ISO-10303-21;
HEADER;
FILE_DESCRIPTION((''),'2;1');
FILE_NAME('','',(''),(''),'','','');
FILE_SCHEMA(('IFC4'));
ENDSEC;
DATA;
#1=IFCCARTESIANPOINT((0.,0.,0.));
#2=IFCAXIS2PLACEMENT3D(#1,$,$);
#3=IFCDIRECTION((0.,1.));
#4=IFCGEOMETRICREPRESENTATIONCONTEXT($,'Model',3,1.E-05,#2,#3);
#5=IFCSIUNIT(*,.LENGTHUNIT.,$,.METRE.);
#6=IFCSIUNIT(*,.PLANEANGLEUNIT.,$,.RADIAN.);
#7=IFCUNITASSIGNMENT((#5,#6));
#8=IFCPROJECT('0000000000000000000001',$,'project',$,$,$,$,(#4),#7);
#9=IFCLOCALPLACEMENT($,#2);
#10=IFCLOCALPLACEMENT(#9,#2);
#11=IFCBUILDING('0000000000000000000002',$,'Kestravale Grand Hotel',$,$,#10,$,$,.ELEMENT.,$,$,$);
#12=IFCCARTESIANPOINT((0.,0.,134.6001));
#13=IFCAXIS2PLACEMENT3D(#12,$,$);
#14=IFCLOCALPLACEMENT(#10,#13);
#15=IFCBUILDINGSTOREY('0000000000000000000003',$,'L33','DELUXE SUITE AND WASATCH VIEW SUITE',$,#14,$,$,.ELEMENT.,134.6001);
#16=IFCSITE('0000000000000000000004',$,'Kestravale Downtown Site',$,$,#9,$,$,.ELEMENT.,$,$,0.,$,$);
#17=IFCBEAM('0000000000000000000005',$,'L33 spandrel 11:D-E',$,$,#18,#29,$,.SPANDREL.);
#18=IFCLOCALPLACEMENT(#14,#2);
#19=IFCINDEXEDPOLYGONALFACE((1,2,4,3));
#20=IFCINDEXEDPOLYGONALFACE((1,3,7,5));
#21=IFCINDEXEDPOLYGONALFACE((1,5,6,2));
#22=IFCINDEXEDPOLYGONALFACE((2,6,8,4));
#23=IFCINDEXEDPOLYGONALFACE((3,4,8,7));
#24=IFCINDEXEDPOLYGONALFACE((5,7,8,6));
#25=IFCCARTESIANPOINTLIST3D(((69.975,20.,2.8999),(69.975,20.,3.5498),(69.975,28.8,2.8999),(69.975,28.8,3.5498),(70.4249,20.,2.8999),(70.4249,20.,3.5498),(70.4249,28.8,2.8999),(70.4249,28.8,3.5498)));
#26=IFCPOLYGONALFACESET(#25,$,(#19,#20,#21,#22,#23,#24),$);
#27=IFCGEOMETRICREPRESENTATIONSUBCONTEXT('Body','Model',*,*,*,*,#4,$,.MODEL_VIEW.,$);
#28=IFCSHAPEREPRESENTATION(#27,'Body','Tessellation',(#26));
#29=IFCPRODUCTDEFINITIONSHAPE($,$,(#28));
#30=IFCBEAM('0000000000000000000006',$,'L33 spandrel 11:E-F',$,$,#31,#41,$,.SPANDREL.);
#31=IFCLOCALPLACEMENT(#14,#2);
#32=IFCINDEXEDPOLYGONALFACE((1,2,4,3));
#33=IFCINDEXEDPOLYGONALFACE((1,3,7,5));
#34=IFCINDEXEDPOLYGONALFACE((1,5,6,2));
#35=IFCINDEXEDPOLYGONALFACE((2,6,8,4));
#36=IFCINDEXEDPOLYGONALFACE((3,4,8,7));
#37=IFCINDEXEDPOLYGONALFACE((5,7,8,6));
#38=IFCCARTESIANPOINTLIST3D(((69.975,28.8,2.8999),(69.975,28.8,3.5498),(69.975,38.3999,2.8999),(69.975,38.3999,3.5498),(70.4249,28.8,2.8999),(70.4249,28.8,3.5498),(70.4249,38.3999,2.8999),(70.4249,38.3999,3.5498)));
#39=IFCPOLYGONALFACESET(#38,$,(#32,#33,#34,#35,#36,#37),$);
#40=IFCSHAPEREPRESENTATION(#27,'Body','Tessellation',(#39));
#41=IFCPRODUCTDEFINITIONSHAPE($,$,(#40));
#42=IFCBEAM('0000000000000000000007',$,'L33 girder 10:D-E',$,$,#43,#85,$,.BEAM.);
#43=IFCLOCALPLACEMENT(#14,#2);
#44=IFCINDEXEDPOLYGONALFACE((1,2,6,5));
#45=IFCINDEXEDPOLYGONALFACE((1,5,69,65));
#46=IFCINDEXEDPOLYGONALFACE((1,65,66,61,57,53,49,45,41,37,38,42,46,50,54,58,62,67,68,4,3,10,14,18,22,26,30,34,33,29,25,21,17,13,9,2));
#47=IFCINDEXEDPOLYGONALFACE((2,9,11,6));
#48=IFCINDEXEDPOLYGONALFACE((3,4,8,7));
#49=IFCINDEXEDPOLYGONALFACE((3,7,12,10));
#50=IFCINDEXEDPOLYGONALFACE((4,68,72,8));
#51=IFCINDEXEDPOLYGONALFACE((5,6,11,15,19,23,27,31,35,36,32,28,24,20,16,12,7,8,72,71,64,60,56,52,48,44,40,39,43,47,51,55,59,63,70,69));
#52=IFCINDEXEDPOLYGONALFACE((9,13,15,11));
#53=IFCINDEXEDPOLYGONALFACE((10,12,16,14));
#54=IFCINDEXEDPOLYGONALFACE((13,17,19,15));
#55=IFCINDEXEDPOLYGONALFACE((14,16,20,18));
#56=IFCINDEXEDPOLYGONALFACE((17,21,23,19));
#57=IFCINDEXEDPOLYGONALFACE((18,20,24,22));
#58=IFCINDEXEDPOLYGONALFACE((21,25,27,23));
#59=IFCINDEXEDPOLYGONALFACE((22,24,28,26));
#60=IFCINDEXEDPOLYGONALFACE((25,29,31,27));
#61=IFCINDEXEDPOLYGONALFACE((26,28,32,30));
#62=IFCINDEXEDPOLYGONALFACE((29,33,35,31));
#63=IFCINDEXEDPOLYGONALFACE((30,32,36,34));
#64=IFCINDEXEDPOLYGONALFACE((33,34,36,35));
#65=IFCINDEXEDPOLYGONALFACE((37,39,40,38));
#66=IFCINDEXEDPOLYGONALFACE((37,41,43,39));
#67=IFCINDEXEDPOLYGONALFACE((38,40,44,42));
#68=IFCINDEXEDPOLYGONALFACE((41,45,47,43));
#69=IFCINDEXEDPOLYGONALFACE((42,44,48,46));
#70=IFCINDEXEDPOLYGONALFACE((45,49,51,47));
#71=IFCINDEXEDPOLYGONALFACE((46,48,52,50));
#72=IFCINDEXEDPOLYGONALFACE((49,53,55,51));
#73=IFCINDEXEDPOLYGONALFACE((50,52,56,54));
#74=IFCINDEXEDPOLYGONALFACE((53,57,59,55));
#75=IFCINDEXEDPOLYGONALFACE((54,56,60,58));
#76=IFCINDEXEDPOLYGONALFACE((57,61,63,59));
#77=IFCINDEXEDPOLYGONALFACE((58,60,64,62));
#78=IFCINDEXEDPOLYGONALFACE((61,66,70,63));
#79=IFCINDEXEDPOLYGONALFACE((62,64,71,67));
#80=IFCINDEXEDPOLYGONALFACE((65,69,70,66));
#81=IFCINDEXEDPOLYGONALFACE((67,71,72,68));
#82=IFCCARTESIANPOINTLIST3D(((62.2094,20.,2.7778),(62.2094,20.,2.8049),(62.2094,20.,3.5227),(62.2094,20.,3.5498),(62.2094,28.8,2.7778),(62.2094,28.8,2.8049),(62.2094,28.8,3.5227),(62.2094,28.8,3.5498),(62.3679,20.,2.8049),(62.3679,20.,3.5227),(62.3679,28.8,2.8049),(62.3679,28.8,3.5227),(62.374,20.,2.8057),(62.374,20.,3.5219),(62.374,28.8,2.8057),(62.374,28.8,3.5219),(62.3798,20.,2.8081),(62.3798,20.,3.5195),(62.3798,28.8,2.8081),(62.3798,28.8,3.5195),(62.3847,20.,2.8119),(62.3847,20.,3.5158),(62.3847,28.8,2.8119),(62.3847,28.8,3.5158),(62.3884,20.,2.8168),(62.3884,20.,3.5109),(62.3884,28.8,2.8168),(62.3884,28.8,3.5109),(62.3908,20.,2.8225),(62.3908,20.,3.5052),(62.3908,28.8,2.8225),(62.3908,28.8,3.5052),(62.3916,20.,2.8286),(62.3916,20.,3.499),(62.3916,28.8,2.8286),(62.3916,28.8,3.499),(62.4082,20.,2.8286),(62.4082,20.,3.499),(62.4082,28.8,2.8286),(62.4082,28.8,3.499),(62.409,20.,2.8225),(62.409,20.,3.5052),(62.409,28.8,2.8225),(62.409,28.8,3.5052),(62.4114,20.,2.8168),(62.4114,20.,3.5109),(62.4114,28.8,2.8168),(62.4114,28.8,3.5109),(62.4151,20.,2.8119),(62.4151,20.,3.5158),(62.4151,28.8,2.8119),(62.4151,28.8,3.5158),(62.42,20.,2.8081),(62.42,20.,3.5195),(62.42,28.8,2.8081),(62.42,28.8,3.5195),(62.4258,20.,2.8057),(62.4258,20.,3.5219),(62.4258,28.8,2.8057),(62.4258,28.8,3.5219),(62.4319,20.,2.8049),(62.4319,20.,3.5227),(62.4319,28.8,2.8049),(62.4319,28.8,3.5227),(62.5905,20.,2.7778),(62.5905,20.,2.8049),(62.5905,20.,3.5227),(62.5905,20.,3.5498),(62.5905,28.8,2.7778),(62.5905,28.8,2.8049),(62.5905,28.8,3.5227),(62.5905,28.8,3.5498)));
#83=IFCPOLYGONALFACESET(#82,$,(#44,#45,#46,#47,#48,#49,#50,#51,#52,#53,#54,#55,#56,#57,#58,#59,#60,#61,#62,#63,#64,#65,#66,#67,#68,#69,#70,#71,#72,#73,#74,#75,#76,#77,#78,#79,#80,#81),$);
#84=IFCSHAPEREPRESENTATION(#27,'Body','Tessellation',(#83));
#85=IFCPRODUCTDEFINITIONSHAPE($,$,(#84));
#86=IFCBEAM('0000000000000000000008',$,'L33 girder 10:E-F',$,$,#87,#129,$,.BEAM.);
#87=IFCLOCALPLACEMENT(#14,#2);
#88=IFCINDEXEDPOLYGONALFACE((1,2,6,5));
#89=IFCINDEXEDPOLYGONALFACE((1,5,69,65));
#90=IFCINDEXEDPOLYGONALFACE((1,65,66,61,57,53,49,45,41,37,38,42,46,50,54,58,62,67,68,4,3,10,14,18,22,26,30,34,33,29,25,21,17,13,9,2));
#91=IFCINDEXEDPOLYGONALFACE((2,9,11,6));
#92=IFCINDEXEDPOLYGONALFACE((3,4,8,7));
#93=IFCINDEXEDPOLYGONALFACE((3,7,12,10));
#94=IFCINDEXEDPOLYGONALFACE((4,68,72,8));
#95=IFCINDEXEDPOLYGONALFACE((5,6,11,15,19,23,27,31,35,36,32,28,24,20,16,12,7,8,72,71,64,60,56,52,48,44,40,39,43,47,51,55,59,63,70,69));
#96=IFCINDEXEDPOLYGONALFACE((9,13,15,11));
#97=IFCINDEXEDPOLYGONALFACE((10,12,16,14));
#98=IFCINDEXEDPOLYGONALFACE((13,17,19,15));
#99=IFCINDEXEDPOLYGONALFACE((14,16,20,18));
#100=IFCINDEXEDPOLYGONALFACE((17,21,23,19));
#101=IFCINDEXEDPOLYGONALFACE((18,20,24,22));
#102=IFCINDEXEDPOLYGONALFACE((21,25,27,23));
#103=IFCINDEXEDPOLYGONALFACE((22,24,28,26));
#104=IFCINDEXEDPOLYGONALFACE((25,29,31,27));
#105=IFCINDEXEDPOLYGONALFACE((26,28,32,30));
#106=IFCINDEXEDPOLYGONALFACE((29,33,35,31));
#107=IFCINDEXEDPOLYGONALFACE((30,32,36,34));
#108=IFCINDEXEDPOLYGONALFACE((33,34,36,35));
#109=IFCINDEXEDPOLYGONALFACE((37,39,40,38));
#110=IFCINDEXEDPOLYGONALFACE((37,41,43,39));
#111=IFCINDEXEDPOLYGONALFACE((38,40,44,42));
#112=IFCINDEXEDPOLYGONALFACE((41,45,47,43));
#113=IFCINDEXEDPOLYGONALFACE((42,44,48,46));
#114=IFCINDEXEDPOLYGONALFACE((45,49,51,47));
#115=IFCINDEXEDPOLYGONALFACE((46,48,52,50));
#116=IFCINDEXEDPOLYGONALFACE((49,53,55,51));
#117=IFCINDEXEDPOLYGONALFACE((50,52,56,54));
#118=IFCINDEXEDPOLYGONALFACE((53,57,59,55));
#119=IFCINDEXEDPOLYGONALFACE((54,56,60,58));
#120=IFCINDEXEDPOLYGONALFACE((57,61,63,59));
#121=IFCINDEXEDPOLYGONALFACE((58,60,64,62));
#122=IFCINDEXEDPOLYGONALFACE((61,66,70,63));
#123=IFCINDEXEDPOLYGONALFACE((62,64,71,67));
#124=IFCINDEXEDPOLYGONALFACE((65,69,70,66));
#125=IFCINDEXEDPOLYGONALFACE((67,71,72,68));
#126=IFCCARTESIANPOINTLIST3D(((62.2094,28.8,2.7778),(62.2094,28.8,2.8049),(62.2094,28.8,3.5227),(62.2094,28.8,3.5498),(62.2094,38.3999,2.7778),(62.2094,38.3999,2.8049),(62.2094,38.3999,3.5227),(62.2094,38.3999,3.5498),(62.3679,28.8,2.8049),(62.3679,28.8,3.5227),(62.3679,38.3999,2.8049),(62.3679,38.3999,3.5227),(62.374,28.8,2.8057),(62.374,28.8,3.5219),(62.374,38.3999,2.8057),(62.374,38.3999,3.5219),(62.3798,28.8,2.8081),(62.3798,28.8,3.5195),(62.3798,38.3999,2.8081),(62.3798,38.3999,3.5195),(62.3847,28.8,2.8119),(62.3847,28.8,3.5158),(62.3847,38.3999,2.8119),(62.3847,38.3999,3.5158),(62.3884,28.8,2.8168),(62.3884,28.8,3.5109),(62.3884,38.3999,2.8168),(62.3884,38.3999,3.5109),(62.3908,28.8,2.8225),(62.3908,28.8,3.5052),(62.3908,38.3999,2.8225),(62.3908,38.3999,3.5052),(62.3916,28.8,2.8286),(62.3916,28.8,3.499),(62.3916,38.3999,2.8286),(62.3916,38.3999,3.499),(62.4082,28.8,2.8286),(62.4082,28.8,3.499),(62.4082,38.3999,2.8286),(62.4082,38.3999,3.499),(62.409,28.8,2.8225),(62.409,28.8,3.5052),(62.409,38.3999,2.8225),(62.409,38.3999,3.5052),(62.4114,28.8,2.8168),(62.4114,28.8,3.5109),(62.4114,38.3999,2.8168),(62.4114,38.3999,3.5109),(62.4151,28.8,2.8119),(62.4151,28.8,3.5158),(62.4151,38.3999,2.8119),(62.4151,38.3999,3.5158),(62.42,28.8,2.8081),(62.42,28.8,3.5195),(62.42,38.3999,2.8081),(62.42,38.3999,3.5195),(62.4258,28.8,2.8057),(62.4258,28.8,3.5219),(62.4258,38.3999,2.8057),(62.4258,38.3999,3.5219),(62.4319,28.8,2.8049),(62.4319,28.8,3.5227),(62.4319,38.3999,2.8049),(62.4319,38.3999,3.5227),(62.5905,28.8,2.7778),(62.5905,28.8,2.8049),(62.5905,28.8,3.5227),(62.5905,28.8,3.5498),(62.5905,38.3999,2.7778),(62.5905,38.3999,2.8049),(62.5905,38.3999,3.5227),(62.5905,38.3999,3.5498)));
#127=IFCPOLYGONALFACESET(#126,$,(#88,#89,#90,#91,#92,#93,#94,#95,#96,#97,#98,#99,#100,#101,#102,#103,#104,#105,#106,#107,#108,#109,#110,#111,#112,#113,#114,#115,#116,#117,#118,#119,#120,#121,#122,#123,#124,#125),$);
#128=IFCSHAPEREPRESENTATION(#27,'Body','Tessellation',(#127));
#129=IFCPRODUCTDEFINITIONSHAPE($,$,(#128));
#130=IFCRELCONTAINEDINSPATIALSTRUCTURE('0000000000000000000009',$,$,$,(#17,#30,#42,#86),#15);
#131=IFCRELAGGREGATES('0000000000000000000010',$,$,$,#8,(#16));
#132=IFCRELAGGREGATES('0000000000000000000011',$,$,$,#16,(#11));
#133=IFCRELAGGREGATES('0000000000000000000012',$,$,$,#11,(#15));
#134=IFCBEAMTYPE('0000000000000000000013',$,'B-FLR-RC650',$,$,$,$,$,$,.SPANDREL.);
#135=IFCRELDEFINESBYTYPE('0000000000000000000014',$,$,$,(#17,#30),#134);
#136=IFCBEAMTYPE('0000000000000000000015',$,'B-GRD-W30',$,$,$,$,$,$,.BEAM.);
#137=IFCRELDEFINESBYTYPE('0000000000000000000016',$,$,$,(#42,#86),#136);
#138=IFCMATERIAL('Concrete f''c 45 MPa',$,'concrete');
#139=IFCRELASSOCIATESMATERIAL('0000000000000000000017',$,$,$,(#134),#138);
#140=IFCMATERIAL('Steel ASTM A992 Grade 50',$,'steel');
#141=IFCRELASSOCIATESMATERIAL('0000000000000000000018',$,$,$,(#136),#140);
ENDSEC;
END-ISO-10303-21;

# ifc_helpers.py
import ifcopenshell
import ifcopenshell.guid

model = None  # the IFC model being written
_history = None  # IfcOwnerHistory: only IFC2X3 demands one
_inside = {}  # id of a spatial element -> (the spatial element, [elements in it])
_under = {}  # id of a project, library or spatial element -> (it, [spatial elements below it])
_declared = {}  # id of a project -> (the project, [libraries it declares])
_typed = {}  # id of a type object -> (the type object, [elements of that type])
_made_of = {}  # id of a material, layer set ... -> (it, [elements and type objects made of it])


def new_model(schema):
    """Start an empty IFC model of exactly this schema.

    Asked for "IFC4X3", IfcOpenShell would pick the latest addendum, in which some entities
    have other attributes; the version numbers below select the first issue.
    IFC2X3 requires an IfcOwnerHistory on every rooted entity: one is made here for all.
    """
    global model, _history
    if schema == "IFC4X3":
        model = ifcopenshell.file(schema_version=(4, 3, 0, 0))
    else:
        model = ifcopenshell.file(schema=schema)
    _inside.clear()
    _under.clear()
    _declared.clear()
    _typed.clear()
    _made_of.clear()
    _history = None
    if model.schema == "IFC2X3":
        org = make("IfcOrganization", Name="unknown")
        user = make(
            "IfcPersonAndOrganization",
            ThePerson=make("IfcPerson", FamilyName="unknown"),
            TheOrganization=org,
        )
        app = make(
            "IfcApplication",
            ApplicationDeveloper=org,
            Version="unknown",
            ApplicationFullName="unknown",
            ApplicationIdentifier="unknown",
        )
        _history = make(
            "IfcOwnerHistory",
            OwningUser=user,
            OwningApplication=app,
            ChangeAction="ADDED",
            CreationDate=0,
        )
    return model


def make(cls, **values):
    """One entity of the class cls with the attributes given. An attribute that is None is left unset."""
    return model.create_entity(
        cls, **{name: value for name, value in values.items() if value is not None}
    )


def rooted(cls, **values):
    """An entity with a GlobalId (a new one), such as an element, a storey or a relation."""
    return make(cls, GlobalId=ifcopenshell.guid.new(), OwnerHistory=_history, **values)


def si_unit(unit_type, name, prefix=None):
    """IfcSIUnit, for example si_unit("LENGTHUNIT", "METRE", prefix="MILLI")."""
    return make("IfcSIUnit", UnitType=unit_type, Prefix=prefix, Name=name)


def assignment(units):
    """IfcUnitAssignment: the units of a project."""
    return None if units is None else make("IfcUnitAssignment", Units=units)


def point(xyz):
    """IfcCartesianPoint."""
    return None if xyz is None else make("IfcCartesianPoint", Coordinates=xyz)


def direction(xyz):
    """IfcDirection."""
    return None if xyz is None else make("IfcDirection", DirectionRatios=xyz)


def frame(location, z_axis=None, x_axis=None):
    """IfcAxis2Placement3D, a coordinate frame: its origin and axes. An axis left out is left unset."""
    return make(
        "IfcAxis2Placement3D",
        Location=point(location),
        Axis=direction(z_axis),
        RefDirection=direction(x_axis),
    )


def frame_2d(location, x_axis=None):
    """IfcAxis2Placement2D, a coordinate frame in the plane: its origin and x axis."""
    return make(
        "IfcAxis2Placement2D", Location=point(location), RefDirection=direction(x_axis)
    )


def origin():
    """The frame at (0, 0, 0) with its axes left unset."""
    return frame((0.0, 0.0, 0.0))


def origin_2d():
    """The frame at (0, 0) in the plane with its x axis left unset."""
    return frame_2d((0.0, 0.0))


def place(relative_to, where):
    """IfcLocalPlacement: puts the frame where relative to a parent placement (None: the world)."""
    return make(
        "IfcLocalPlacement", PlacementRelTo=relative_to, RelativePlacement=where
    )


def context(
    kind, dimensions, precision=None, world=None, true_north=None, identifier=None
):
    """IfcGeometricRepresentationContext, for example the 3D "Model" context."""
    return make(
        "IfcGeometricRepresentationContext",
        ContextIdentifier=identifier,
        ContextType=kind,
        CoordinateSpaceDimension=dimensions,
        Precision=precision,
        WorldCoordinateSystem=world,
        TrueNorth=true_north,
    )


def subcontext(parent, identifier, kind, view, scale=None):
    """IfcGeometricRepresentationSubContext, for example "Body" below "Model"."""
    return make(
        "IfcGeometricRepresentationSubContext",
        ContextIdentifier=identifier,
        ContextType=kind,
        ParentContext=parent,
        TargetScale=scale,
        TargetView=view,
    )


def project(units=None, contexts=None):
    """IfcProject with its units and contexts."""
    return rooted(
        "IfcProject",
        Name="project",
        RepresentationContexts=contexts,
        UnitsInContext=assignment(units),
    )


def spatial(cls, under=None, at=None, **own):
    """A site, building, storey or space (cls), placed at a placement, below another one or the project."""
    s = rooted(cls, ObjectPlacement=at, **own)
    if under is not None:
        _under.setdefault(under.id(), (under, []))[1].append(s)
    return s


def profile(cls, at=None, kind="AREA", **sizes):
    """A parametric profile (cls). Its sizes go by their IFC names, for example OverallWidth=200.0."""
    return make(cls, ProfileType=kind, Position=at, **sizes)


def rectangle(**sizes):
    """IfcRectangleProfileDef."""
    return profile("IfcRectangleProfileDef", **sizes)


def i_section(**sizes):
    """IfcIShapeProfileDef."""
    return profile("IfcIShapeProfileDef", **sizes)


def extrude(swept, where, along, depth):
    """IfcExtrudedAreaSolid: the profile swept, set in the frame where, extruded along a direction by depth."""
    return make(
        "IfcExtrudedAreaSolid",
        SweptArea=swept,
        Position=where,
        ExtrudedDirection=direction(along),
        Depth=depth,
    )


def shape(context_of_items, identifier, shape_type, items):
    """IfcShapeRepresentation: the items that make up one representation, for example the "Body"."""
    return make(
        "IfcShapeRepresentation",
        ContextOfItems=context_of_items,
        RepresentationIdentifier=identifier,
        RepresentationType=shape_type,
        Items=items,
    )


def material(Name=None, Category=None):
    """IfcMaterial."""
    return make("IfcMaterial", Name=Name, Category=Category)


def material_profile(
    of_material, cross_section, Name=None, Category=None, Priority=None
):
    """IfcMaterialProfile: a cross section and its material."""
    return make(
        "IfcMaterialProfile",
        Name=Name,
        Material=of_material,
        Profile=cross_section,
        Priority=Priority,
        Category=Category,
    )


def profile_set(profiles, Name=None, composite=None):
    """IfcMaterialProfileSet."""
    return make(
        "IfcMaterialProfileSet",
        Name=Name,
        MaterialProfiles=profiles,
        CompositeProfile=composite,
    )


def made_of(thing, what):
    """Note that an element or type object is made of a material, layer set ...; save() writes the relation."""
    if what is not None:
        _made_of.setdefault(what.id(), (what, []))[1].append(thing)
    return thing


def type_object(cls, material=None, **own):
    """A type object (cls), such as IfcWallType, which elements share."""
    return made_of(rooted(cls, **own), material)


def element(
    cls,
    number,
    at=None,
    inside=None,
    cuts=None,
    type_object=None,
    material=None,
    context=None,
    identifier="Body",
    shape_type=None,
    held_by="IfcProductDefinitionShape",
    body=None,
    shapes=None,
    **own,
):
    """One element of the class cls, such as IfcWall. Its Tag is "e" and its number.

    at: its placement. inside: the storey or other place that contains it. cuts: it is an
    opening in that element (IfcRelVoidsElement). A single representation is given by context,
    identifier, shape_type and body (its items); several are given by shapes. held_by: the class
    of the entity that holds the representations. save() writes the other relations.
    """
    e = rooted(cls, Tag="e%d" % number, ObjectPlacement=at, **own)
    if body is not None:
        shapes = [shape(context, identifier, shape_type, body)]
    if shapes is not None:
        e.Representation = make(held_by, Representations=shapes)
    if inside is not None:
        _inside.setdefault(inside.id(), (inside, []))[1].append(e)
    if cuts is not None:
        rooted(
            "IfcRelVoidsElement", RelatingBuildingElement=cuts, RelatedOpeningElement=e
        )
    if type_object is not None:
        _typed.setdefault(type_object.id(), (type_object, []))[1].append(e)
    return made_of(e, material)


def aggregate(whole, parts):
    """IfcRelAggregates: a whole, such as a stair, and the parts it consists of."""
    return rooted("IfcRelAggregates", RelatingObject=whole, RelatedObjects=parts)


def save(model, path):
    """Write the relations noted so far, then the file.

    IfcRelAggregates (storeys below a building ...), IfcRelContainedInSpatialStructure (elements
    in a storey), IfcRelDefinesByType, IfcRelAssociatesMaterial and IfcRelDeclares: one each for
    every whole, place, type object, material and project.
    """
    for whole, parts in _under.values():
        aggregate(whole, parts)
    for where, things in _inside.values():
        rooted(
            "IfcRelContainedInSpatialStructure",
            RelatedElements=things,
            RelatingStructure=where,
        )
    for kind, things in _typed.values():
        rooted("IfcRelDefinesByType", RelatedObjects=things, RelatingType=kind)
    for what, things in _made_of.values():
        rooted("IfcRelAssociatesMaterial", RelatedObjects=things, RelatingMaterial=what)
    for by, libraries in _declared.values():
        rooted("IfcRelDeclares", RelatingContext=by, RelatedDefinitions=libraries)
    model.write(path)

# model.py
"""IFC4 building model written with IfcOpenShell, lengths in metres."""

from ifc_helpers import new_model, si_unit, direction, frame, origin, origin_2d, place, context, subcontext, project, spatial, rectangle, i_section, extrude, material, material_profile, profile_set, type_object, element, save


model = new_model("IFC4")

# Units and contexts
model_context = context("Model", 3, precision=1e-05, world=origin(), true_north=direction((0.0, 1.0)))
body_context = subcontext(model_context, "Body", "Model", "MODEL_VIEW")
ifc_project = project(units=[si_unit("LENGTHUNIT", "METRE"), si_unit("PLANEANGLEUNIT", "RADIAN")], contexts=[model_context])

# Site, building, storey
site_placement = place(None, origin())
site = spatial("IfcSite", under=ifc_project, at=site_placement, Name="Kestravale Downtown Site", CompositionType="ELEMENT", RefElevation=0.0)
building_placement = place(site_placement, origin())
building = spatial("IfcBuilding", under=site, at=building_placement, Name="Kestravale Grand Hotel", CompositionType="ELEMENT")
storey_placement = place(building_placement, frame((0.0, 0.0, 134.6001)))
storey = spatial("IfcBuildingStorey", under=building, at=storey_placement, Name="L33", Description="DELUXE SUITE AND WASATCH VIEW SUITE", CompositionType="ELEMENT", Elevation=134.6001)

# Beams
ifc_material_1 = material(Name="Concrete f'c 45 MPa", Category="concrete")
ifc_material_profile_1 = material_profile(ifc_material_1, rectangle(XDim=0.45, YDim=0.6499, at=origin_2d()))
ifc_profile_set_1 = profile_set([ifc_material_profile_1], Name="Concrete f'c 45 MPa")
beam_type_1 = type_object("IfcBeamType", Name="B-FLR-RC650", PredefinedType="SPANDREL", material=ifc_profile_set_1)
for number, where, z_axis, x_axis, name in (
    (1, (70.2, 20.0, 3.2249), (0.0, 1.0, 0.0), (-1.0, 0.0, 0.0), "L33 spandrel 11:D-E"),
):
    element("IfcBeam", number, at=place(storey_placement, frame(where, z_axis=z_axis, x_axis=x_axis)), inside=storey, type_object=beam_type_1, Name=name, PredefinedType="SPANDREL", context=body_context, shape_type="SweptSolid", body=[
        extrude(rectangle(XDim=0.45, YDim=0.6499, at=origin_2d()), origin(), (0.0, 0.0, 1.0), 8.8),
    ])
beam_1_placement = place(storey_placement, frame((70.2, 28.8, 3.2249), z_axis=(0.0, 1.0, 0.0), x_axis=(-1.0, 0.0, 0.0)))
element("IfcBeam", 2, at=beam_1_placement, inside=storey, type_object=beam_type_1, Name="L33 spandrel 11:E-F", PredefinedType="SPANDREL", context=body_context, shape_type="SweptSolid", body=[
    extrude(rectangle(XDim=0.45, YDim=0.6499, at=origin_2d()), origin(), (0.0, 0.0, 1.0), 9.5999),
])
ifc_material_2 = material(Name="Steel ASTM A992 Grade 50", Category="steel")
ifc_material_profile_2 = material_profile(ifc_material_2, i_section(OverallWidth=0.3811, OverallDepth=0.772, WebThickness=0.0166, FlangeThickness=0.0271, FilletRadius=0.0237, at=origin_2d()))
ifc_profile_set_2 = profile_set([ifc_material_profile_2], Name="Steel ASTM A992 Grade 50")
beam_type_2 = type_object("IfcBeamType", Name="B-GRD-W30", PredefinedType="BEAM", material=ifc_profile_set_2)
beam_2_placement = place(storey_placement, frame((62.3999, 20.0, 3.1638), z_axis=(0.0, 1.0, 0.0), x_axis=(-1.0, 0.0, 0.0)))
element("IfcBeam", 3, at=beam_2_placement, inside=storey, type_object=beam_type_2, Name="L33 girder 10:D-E", PredefinedType="BEAM", context=body_context, shape_type="SweptSolid", body=[
    extrude(i_section(OverallWidth=0.3811, OverallDepth=0.772, WebThickness=0.0166, FlangeThickness=0.0271, FilletRadius=0.0237, at=origin_2d()), origin(), (0.0, 0.0, 1.0), 8.8),
])
beam_3_placement = place(storey_placement, frame((62.3999, 28.8, 3.1638), z_axis=(0.0, 1.0, 0.0), x_axis=(-1.0, 0.0, 0.0)))
element("IfcBeam", 4, at=beam_3_placement, inside=storey, type_object=beam_type_2, Name="L33 girder 10:E-F", PredefinedType="BEAM", context=body_context, shape_type="SweptSolid", body=[
    extrude(i_section(OverallWidth=0.3811, OverallDepth=0.772, WebThickness=0.0166, FlangeThickness=0.0271, FilletRadius=0.0237, at=origin_2d()), origin(), (0.0, 0.0, 1.0), 9.5999),
])

save(model, "model.ifc")
